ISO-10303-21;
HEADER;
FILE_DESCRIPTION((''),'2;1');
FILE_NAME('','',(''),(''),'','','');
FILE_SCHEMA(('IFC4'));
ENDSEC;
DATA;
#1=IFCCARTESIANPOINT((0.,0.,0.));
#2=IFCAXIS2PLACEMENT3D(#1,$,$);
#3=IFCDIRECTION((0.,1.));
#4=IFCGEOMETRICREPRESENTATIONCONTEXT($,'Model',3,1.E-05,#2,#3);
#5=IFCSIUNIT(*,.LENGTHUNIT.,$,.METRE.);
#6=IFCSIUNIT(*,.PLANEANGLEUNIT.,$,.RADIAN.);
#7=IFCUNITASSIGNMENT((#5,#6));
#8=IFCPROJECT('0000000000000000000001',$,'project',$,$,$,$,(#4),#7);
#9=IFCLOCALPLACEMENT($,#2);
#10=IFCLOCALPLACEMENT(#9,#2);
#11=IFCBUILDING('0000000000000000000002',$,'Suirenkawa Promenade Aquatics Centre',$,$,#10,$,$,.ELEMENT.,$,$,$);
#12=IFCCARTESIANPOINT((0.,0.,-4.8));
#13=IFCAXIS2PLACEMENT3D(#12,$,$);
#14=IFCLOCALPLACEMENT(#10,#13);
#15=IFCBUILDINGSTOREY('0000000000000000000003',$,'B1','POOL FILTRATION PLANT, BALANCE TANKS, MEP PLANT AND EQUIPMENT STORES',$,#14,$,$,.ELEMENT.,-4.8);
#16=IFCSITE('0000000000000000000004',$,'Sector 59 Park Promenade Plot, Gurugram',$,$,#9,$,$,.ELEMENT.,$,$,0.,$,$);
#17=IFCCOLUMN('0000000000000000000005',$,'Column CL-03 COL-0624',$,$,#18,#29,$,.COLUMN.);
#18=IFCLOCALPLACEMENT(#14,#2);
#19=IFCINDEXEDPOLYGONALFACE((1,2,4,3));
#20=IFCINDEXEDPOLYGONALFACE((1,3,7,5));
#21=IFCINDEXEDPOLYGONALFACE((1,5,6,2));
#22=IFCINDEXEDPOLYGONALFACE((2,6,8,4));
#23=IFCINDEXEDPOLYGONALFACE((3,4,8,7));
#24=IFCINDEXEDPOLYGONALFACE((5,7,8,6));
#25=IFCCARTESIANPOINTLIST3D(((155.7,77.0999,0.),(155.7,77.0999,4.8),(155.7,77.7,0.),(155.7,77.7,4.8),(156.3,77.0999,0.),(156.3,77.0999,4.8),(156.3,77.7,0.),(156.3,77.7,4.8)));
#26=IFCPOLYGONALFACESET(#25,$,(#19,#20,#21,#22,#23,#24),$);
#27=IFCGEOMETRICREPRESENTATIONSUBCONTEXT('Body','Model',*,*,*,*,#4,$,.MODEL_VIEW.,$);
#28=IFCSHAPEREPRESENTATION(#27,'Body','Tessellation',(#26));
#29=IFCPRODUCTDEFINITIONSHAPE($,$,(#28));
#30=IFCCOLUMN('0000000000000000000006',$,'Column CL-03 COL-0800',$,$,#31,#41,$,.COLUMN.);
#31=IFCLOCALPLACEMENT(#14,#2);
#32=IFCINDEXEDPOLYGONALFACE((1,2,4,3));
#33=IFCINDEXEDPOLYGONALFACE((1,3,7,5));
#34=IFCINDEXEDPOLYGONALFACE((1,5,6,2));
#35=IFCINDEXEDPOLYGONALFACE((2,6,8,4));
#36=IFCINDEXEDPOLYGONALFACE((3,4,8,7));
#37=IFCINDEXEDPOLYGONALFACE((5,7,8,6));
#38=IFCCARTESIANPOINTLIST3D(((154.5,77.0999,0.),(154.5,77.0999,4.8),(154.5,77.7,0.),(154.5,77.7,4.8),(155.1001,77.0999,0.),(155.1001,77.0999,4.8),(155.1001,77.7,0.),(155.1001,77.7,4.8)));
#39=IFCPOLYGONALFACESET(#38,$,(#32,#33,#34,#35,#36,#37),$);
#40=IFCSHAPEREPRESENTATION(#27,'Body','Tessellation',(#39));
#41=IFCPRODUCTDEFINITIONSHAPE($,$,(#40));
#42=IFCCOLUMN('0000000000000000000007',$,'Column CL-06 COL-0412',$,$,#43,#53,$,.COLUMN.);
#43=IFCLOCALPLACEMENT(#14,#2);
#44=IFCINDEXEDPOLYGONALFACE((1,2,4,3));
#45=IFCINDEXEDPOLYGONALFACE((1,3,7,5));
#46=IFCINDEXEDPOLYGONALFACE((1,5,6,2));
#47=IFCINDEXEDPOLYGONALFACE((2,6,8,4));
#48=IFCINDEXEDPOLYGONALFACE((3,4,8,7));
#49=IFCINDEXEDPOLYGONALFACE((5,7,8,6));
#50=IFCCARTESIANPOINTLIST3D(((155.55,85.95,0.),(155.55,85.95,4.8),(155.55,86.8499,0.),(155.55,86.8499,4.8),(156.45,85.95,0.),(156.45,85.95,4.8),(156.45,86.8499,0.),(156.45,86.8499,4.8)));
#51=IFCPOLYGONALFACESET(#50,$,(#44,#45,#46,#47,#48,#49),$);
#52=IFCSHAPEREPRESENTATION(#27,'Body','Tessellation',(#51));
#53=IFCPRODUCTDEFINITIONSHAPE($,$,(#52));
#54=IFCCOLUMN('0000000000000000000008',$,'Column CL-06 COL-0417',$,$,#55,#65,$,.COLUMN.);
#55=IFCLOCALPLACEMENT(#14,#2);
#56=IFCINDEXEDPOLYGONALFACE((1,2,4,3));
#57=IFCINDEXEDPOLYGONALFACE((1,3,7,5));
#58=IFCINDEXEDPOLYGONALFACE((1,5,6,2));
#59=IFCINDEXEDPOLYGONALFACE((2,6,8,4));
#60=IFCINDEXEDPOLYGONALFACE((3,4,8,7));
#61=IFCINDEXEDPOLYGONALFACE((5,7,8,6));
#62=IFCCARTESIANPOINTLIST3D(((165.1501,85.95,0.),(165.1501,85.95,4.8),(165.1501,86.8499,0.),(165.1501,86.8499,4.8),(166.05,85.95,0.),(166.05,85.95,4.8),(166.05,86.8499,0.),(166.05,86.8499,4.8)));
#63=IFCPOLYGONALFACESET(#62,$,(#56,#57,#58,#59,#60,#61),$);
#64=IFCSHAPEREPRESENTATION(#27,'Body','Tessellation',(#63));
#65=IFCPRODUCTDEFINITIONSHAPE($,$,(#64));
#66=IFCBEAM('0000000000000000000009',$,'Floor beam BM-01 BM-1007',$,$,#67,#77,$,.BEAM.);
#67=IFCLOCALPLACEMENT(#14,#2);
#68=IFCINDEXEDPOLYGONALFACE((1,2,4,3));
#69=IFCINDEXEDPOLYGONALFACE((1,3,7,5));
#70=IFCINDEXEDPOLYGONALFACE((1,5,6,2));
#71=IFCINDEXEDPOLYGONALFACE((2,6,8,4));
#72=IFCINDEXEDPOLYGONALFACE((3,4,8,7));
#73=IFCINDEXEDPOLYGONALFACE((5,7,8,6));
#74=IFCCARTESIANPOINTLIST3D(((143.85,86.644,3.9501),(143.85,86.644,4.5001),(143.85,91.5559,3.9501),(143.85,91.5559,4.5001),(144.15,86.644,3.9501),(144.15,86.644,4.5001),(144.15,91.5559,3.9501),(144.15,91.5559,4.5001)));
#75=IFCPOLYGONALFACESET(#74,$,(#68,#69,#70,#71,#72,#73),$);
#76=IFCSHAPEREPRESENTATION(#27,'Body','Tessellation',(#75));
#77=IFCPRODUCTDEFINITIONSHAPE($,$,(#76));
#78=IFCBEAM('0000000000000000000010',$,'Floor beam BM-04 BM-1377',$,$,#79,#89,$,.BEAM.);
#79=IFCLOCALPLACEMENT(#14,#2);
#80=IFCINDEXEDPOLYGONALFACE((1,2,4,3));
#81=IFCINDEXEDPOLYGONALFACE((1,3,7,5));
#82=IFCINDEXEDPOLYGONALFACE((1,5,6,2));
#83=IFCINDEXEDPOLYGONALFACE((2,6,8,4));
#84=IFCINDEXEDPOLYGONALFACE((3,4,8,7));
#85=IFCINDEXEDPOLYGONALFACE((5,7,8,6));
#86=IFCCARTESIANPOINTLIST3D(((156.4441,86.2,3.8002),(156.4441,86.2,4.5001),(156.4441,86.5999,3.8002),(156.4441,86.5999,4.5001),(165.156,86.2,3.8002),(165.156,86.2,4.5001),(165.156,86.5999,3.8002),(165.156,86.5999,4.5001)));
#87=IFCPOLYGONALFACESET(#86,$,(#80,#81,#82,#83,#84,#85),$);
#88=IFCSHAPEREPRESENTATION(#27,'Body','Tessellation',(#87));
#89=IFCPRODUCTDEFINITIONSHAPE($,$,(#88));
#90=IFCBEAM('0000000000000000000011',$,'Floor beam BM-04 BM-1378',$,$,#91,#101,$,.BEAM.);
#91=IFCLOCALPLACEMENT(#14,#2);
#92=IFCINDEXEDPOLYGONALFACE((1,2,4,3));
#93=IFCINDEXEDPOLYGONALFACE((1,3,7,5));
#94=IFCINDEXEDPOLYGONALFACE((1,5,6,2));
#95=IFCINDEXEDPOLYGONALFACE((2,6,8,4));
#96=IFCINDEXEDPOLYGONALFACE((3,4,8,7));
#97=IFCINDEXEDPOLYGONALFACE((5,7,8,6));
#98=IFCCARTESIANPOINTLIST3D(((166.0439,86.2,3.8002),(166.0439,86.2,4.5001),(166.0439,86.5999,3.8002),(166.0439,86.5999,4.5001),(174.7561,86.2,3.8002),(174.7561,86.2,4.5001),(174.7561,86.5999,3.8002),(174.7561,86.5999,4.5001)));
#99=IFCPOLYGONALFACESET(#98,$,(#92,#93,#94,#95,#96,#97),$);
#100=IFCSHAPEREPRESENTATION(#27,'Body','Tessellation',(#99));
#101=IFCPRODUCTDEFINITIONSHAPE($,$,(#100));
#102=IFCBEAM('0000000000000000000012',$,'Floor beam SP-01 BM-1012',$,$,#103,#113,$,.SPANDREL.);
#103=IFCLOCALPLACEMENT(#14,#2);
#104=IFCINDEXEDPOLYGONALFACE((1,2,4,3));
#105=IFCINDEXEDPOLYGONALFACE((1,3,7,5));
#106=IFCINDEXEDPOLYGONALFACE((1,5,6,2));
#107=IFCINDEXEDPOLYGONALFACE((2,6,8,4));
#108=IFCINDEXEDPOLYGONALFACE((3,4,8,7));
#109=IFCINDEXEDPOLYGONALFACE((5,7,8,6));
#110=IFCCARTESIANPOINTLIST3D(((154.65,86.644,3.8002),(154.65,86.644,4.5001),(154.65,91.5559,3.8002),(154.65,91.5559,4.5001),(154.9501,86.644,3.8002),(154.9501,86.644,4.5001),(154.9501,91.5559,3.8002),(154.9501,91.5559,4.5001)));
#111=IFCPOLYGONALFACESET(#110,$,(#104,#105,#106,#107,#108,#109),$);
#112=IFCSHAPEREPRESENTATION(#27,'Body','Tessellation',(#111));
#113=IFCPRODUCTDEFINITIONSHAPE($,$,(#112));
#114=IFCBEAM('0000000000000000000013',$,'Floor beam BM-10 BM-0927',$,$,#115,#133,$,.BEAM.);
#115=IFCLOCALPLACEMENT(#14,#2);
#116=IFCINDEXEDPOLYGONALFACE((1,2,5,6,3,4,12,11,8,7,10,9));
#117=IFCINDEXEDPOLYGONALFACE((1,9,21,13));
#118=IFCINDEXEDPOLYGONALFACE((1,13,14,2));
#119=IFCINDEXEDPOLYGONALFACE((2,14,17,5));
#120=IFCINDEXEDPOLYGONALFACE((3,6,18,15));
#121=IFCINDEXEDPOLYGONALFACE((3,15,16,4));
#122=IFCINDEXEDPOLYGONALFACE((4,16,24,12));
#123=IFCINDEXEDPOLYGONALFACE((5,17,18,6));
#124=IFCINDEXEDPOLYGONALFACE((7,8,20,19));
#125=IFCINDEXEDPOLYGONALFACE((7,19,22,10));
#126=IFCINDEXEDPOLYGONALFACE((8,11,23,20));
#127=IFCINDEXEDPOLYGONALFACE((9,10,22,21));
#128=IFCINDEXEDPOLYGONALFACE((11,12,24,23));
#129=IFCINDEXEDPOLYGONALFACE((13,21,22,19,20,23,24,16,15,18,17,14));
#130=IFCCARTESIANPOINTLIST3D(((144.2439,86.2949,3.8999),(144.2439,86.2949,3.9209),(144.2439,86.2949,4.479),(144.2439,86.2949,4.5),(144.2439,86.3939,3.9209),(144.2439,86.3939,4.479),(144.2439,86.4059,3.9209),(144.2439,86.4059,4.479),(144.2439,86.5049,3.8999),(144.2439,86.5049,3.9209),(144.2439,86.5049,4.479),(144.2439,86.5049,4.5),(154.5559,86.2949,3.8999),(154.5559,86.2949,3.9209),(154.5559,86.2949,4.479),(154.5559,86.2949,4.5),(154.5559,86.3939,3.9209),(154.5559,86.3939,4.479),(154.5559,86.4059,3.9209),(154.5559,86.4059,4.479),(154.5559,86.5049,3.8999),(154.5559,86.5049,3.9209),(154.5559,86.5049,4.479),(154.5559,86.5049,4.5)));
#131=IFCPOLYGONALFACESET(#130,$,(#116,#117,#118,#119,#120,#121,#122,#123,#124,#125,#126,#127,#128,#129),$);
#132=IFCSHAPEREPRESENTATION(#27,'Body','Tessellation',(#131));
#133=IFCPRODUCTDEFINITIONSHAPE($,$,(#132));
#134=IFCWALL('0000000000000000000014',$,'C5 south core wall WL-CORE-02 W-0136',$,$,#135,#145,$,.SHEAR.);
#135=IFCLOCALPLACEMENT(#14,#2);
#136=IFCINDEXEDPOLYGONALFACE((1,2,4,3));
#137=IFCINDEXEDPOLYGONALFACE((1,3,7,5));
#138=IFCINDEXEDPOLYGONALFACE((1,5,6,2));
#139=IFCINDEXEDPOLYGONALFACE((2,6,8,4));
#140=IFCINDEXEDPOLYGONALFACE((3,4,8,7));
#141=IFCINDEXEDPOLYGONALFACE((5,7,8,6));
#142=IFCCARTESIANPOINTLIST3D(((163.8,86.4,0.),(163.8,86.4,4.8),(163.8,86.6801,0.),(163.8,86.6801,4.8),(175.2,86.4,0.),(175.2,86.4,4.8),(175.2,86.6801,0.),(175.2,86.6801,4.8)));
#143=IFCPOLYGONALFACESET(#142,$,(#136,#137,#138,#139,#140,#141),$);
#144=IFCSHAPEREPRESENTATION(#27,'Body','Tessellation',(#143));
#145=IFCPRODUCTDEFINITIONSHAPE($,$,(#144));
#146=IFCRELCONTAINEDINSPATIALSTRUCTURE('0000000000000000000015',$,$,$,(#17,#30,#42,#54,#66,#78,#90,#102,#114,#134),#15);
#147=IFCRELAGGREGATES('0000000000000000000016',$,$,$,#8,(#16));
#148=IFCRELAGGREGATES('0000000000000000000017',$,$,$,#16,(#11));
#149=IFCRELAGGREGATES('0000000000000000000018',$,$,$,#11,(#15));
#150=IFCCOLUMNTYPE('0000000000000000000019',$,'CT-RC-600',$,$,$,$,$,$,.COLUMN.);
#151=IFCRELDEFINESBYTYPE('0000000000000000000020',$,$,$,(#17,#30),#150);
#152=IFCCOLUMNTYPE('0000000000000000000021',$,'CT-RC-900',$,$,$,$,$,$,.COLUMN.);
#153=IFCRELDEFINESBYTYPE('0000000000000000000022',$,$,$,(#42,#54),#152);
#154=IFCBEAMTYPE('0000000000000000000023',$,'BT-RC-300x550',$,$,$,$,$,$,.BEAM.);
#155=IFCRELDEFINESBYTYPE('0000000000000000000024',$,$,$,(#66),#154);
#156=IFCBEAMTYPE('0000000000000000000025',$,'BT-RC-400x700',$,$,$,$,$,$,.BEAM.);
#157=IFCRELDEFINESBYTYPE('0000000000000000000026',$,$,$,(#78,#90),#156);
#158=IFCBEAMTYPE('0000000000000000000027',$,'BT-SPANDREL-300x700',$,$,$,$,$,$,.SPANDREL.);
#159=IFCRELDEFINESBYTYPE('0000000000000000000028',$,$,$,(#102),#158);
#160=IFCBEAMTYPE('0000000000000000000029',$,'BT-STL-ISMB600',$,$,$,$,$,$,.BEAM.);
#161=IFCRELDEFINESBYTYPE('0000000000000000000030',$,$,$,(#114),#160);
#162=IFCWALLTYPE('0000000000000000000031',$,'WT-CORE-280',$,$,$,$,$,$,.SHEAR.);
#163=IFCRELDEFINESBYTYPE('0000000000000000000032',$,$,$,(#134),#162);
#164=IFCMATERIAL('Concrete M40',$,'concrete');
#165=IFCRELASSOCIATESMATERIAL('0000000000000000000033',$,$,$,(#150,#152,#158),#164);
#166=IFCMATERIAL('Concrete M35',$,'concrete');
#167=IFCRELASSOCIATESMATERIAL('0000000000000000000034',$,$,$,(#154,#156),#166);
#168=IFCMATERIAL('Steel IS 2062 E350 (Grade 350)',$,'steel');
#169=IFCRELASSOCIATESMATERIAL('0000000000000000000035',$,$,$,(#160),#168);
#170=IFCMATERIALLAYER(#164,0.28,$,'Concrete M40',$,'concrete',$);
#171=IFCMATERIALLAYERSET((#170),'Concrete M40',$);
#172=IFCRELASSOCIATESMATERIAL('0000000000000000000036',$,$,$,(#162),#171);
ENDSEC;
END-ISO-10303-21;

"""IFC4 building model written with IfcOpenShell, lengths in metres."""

from ifc_helpers import new_model, si_unit, direction, frame, frame_2d, origin, origin_2d, place, context, subcontext, project, spatial, rectangle, i_section, extrude, material, layer, layer_set, material_profile, profile_set, type_object, element, save


model = new_model("IFC4")

# Units and contexts
model_context = context("Model", 3, precision=1e-05, world=origin(), true_north=direction((0.0, 1.0)))
body_context = subcontext(model_context, "Body", "Model", "MODEL_VIEW")
ifc_project = project(units=[si_unit("LENGTHUNIT", "METRE"), si_unit("PLANEANGLEUNIT", "RADIAN")], contexts=[model_context])

# Site, building, storey
site_placement = place(None, origin())
site = spatial("IfcSite", under=ifc_project, at=site_placement, Name="Sector 59 Park Promenade Plot, Gurugram", CompositionType="ELEMENT", RefElevation=0.0)
building_placement = place(site_placement, origin())
building = spatial("IfcBuilding", under=site, at=building_placement, Name="Suirenkawa Promenade Aquatics Centre", CompositionType="ELEMENT")
storey_placement = place(building_placement, frame((0.0, 0.0, -4.8)))
storey = spatial("IfcBuildingStorey", under=building, at=storey_placement, Name="B1", Description="POOL FILTRATION PLANT, BALANCE TANKS, MEP PLANT AND EQUIPMENT STORES", CompositionType="ELEMENT", Elevation=-4.8)

# Shared definitions
ifc_material_1 = material(Name="Concrete M35", Category="concrete")

# Columns
ifc_material_2 = material(Name="Concrete M40", Category="concrete")
ifc_material_profile_1 = material_profile(ifc_material_2, rectangle(XDim=0.6001, YDim=0.6001, at=origin_2d()), Name="RC COL 600x600", Category="concrete")
ifc_profile_set_1 = profile_set([ifc_material_profile_1], Name="Concrete M40")
column_type_1 = type_object("IfcColumnType", Name="CT-RC-600", PredefinedType="COLUMN", material=ifc_profile_set_1)
for number, where, z_axis, x_axis, name in (
    (1, (156.0, 77.3999, 0.0), (0.0, 0.0, 1.0), (1.0, 0.0, 0.0), "Column CL-03 COL-0624"),
    (2, (154.8, 77.3999, 0.0), (0.0, 0.0, 1.0), (1.0, 0.0, 0.0), "Column CL-03 COL-0800"),
):
    element("IfcColumn", number, at=place(storey_placement, frame(where, z_axis=z_axis, x_axis=x_axis)), inside=storey, type_object=column_type_1, Name=name, PredefinedType="COLUMN", context=body_context, shape_type="SweptSolid", body=[
        extrude(rectangle(XDim=0.6001, YDim=0.6001, at=origin_2d()), origin(), (0.0, 0.0, 1.0), 4.8),
    ])
ifc_material_profile_2 = material_profile(ifc_material_2, rectangle(XDim=0.8999, YDim=0.8999, at=origin_2d()), Name="RC COL 900x900", Category="concrete")
ifc_profile_set_2 = profile_set([ifc_material_profile_2], Name="Concrete M40")
column_type_2 = type_object("IfcColumnType", Name="CT-RC-900", PredefinedType="COLUMN", material=ifc_profile_set_2)
for number, where, z_axis, x_axis, name in (
    (3, (156.0, 86.3999, 0.0), (0.0, 0.0, 1.0), (1.0, 0.0, 0.0), "Column CL-06 COL-0412"),
    (4, (165.6001, 86.3999, 0.0), (0.0, 0.0, 1.0), (1.0, 0.0, 0.0), "Column CL-06 COL-0417"),
):
    element("IfcColumn", number, at=place(storey_placement, frame(where, z_axis=z_axis, x_axis=x_axis)), inside=storey, type_object=column_type_2, Name=name, PredefinedType="COLUMN", context=body_context, shape_type="SweptSolid", body=[
        extrude(rectangle(XDim=0.8999, YDim=0.8999, at=origin_2d()), origin(), (0.0, 0.0, 1.0), 4.8),
    ])

# Beams
ifc_material_profile_3 = material_profile(ifc_material_1, rectangle(XDim=0.3, YDim=0.55, at=origin_2d()), Name="RC BM 300x550", Category="concrete")
ifc_profile_set_3 = profile_set([ifc_material_profile_3], Name="Concrete M35")
beam_type_1 = type_object("IfcBeamType", Name="BT-RC-300x550", PredefinedType="BEAM", material=ifc_profile_set_3)
beam_1_placement = place(storey_placement, frame((144.0, 86.644, 4.2251), z_axis=(0.0, 1.0, 0.0), x_axis=(-1.0, 0.0, 0.0)))
element("IfcBeam", 5, at=beam_1_placement, inside=storey, type_object=beam_type_1, Name="Floor beam BM-01 BM-1007", PredefinedType="BEAM", context=body_context, shape_type="SweptSolid", body=[
    extrude(rectangle(XDim=0.3, YDim=0.55, at=origin_2d()), origin(), (0.0, 0.0, 1.0), 4.9119),
])
ifc_material_profile_4 = material_profile(ifc_material_1, rectangle(XDim=0.3999, YDim=0.7, at=origin_2d()), Name="RC BM 400x700", Category="concrete")
ifc_profile_set_4 = profile_set([ifc_material_profile_4], Name="Concrete M35")
beam_type_2 = type_object("IfcBeamType", Name="BT-RC-400x700", PredefinedType="BEAM", material=ifc_profile_set_4)
beam_2_placement = place(storey_placement, frame((156.4441, 86.3999, 4.1501), z_axis=(1.0, 0.0, 0.0), x_axis=(0.0, 1.0, 0.0)))
element("IfcBeam", 6, at=beam_2_placement, inside=storey, type_object=beam_type_2, Name="Floor beam BM-04 BM-1377", PredefinedType="BEAM", context=body_context, shape_type="SweptSolid", body=[
    extrude(rectangle(XDim=0.3999, YDim=0.7, at=origin_2d()), origin(), (0.0, 0.0, 1.0), 8.7119),
])
beam_3_placement = place(storey_placement, frame((166.0439, 86.3999, 4.1501), z_axis=(1.0, 0.0, 0.0), x_axis=(0.0, 1.0, 0.0)))
element("IfcBeam", 7, at=beam_3_placement, inside=storey, type_object=beam_type_2, Name="Floor beam BM-04 BM-1378", PredefinedType="BEAM", context=body_context, shape_type="SweptSolid", body=[
    extrude(rectangle(XDim=0.3999, YDim=0.7, at=origin_2d()), origin(), (0.0, 0.0, 1.0), 8.7122),
])
ifc_material_profile_5 = material_profile(ifc_material_2, rectangle(XDim=0.3, YDim=0.7, at=origin_2d()), Name="RC SPANDREL 300x700", Category="concrete")
ifc_profile_set_5 = profile_set([ifc_material_profile_5], Name="Concrete M40")
beam_type_3 = type_object("IfcBeamType", Name="BT-SPANDREL-300x700", PredefinedType="SPANDREL", material=ifc_profile_set_5)
beam_4_placement = place(storey_placement, frame((154.8, 86.644, 4.1501), z_axis=(0.0, 1.0, 0.0), x_axis=(-1.0, 0.0, 0.0)))
element("IfcBeam", 8, at=beam_4_placement, inside=storey, type_object=beam_type_3, Name="Floor beam SP-01 BM-1012", PredefinedType="SPANDREL", context=body_context, shape_type="SweptSolid", body=[
    extrude(rectangle(XDim=0.3, YDim=0.7, at=origin_2d()), origin(), (0.0, 0.0, 1.0), 4.9119),
])
ifc_material_3 = material(Name="Steel IS 2062 E350 (Grade 350)", Category="steel")
ifc_material_profile_6 = material_profile(ifc_material_3, i_section(OverallWidth=0.21, OverallDepth=0.6001, WebThickness=0.012, FlangeThickness=0.021, at=origin_2d()), Name="ISMB 600", Category="steel")
ifc_profile_set_6 = profile_set([ifc_material_profile_6], Name="Steel IS 2062 E350 (Grade 350)")
beam_type_4 = type_object("IfcBeamType", Name="BT-STL-ISMB600", PredefinedType="BEAM", material=ifc_profile_set_6)
beam_5_placement = place(storey_placement, frame((144.2439, 86.3999, 4.2), z_axis=(1.0, 0.0, 0.0), x_axis=(0.0, 1.0, 0.0)))
element("IfcBeam", 9, at=beam_5_placement, inside=storey, type_object=beam_type_4, Name="Floor beam BM-10 BM-0927", PredefinedType="BEAM", context=body_context, shape_type="SweptSolid", body=[
    extrude(i_section(OverallWidth=0.21, OverallDepth=0.6001, WebThickness=0.012, FlangeThickness=0.021, at=origin_2d()), origin(), (0.0, 0.0, 1.0), 10.312),
])

# Wall
ifc_layer = layer(ifc_material_2, 0.28, Name="Concrete M40", Category="concrete")
ifc_layer_set = layer_set([ifc_layer], Name="Concrete M40")
wall_type = type_object("IfcWallType", Name="WT-CORE-280", PredefinedType="SHEAR", material=ifc_layer_set)
wall_placement = place(storey_placement, frame((163.8, 86.54, 0.0), z_axis=(0.0, 0.0, 1.0), x_axis=(1.0, 0.0, 0.0)))
element("IfcWall", 10, at=wall_placement, inside=storey, type_object=wall_type, Name="C5 south core wall WL-CORE-02 W-0136", PredefinedType="SHEAR", context=body_context, shape_type="SweptSolid", body=[
    extrude(rectangle(XDim=11.3999, YDim=0.28, at=frame_2d((5.7, 0.0))), origin(), (0.0, 0.0, 1.0), 4.8),
])

save(model, "model.ifc")
